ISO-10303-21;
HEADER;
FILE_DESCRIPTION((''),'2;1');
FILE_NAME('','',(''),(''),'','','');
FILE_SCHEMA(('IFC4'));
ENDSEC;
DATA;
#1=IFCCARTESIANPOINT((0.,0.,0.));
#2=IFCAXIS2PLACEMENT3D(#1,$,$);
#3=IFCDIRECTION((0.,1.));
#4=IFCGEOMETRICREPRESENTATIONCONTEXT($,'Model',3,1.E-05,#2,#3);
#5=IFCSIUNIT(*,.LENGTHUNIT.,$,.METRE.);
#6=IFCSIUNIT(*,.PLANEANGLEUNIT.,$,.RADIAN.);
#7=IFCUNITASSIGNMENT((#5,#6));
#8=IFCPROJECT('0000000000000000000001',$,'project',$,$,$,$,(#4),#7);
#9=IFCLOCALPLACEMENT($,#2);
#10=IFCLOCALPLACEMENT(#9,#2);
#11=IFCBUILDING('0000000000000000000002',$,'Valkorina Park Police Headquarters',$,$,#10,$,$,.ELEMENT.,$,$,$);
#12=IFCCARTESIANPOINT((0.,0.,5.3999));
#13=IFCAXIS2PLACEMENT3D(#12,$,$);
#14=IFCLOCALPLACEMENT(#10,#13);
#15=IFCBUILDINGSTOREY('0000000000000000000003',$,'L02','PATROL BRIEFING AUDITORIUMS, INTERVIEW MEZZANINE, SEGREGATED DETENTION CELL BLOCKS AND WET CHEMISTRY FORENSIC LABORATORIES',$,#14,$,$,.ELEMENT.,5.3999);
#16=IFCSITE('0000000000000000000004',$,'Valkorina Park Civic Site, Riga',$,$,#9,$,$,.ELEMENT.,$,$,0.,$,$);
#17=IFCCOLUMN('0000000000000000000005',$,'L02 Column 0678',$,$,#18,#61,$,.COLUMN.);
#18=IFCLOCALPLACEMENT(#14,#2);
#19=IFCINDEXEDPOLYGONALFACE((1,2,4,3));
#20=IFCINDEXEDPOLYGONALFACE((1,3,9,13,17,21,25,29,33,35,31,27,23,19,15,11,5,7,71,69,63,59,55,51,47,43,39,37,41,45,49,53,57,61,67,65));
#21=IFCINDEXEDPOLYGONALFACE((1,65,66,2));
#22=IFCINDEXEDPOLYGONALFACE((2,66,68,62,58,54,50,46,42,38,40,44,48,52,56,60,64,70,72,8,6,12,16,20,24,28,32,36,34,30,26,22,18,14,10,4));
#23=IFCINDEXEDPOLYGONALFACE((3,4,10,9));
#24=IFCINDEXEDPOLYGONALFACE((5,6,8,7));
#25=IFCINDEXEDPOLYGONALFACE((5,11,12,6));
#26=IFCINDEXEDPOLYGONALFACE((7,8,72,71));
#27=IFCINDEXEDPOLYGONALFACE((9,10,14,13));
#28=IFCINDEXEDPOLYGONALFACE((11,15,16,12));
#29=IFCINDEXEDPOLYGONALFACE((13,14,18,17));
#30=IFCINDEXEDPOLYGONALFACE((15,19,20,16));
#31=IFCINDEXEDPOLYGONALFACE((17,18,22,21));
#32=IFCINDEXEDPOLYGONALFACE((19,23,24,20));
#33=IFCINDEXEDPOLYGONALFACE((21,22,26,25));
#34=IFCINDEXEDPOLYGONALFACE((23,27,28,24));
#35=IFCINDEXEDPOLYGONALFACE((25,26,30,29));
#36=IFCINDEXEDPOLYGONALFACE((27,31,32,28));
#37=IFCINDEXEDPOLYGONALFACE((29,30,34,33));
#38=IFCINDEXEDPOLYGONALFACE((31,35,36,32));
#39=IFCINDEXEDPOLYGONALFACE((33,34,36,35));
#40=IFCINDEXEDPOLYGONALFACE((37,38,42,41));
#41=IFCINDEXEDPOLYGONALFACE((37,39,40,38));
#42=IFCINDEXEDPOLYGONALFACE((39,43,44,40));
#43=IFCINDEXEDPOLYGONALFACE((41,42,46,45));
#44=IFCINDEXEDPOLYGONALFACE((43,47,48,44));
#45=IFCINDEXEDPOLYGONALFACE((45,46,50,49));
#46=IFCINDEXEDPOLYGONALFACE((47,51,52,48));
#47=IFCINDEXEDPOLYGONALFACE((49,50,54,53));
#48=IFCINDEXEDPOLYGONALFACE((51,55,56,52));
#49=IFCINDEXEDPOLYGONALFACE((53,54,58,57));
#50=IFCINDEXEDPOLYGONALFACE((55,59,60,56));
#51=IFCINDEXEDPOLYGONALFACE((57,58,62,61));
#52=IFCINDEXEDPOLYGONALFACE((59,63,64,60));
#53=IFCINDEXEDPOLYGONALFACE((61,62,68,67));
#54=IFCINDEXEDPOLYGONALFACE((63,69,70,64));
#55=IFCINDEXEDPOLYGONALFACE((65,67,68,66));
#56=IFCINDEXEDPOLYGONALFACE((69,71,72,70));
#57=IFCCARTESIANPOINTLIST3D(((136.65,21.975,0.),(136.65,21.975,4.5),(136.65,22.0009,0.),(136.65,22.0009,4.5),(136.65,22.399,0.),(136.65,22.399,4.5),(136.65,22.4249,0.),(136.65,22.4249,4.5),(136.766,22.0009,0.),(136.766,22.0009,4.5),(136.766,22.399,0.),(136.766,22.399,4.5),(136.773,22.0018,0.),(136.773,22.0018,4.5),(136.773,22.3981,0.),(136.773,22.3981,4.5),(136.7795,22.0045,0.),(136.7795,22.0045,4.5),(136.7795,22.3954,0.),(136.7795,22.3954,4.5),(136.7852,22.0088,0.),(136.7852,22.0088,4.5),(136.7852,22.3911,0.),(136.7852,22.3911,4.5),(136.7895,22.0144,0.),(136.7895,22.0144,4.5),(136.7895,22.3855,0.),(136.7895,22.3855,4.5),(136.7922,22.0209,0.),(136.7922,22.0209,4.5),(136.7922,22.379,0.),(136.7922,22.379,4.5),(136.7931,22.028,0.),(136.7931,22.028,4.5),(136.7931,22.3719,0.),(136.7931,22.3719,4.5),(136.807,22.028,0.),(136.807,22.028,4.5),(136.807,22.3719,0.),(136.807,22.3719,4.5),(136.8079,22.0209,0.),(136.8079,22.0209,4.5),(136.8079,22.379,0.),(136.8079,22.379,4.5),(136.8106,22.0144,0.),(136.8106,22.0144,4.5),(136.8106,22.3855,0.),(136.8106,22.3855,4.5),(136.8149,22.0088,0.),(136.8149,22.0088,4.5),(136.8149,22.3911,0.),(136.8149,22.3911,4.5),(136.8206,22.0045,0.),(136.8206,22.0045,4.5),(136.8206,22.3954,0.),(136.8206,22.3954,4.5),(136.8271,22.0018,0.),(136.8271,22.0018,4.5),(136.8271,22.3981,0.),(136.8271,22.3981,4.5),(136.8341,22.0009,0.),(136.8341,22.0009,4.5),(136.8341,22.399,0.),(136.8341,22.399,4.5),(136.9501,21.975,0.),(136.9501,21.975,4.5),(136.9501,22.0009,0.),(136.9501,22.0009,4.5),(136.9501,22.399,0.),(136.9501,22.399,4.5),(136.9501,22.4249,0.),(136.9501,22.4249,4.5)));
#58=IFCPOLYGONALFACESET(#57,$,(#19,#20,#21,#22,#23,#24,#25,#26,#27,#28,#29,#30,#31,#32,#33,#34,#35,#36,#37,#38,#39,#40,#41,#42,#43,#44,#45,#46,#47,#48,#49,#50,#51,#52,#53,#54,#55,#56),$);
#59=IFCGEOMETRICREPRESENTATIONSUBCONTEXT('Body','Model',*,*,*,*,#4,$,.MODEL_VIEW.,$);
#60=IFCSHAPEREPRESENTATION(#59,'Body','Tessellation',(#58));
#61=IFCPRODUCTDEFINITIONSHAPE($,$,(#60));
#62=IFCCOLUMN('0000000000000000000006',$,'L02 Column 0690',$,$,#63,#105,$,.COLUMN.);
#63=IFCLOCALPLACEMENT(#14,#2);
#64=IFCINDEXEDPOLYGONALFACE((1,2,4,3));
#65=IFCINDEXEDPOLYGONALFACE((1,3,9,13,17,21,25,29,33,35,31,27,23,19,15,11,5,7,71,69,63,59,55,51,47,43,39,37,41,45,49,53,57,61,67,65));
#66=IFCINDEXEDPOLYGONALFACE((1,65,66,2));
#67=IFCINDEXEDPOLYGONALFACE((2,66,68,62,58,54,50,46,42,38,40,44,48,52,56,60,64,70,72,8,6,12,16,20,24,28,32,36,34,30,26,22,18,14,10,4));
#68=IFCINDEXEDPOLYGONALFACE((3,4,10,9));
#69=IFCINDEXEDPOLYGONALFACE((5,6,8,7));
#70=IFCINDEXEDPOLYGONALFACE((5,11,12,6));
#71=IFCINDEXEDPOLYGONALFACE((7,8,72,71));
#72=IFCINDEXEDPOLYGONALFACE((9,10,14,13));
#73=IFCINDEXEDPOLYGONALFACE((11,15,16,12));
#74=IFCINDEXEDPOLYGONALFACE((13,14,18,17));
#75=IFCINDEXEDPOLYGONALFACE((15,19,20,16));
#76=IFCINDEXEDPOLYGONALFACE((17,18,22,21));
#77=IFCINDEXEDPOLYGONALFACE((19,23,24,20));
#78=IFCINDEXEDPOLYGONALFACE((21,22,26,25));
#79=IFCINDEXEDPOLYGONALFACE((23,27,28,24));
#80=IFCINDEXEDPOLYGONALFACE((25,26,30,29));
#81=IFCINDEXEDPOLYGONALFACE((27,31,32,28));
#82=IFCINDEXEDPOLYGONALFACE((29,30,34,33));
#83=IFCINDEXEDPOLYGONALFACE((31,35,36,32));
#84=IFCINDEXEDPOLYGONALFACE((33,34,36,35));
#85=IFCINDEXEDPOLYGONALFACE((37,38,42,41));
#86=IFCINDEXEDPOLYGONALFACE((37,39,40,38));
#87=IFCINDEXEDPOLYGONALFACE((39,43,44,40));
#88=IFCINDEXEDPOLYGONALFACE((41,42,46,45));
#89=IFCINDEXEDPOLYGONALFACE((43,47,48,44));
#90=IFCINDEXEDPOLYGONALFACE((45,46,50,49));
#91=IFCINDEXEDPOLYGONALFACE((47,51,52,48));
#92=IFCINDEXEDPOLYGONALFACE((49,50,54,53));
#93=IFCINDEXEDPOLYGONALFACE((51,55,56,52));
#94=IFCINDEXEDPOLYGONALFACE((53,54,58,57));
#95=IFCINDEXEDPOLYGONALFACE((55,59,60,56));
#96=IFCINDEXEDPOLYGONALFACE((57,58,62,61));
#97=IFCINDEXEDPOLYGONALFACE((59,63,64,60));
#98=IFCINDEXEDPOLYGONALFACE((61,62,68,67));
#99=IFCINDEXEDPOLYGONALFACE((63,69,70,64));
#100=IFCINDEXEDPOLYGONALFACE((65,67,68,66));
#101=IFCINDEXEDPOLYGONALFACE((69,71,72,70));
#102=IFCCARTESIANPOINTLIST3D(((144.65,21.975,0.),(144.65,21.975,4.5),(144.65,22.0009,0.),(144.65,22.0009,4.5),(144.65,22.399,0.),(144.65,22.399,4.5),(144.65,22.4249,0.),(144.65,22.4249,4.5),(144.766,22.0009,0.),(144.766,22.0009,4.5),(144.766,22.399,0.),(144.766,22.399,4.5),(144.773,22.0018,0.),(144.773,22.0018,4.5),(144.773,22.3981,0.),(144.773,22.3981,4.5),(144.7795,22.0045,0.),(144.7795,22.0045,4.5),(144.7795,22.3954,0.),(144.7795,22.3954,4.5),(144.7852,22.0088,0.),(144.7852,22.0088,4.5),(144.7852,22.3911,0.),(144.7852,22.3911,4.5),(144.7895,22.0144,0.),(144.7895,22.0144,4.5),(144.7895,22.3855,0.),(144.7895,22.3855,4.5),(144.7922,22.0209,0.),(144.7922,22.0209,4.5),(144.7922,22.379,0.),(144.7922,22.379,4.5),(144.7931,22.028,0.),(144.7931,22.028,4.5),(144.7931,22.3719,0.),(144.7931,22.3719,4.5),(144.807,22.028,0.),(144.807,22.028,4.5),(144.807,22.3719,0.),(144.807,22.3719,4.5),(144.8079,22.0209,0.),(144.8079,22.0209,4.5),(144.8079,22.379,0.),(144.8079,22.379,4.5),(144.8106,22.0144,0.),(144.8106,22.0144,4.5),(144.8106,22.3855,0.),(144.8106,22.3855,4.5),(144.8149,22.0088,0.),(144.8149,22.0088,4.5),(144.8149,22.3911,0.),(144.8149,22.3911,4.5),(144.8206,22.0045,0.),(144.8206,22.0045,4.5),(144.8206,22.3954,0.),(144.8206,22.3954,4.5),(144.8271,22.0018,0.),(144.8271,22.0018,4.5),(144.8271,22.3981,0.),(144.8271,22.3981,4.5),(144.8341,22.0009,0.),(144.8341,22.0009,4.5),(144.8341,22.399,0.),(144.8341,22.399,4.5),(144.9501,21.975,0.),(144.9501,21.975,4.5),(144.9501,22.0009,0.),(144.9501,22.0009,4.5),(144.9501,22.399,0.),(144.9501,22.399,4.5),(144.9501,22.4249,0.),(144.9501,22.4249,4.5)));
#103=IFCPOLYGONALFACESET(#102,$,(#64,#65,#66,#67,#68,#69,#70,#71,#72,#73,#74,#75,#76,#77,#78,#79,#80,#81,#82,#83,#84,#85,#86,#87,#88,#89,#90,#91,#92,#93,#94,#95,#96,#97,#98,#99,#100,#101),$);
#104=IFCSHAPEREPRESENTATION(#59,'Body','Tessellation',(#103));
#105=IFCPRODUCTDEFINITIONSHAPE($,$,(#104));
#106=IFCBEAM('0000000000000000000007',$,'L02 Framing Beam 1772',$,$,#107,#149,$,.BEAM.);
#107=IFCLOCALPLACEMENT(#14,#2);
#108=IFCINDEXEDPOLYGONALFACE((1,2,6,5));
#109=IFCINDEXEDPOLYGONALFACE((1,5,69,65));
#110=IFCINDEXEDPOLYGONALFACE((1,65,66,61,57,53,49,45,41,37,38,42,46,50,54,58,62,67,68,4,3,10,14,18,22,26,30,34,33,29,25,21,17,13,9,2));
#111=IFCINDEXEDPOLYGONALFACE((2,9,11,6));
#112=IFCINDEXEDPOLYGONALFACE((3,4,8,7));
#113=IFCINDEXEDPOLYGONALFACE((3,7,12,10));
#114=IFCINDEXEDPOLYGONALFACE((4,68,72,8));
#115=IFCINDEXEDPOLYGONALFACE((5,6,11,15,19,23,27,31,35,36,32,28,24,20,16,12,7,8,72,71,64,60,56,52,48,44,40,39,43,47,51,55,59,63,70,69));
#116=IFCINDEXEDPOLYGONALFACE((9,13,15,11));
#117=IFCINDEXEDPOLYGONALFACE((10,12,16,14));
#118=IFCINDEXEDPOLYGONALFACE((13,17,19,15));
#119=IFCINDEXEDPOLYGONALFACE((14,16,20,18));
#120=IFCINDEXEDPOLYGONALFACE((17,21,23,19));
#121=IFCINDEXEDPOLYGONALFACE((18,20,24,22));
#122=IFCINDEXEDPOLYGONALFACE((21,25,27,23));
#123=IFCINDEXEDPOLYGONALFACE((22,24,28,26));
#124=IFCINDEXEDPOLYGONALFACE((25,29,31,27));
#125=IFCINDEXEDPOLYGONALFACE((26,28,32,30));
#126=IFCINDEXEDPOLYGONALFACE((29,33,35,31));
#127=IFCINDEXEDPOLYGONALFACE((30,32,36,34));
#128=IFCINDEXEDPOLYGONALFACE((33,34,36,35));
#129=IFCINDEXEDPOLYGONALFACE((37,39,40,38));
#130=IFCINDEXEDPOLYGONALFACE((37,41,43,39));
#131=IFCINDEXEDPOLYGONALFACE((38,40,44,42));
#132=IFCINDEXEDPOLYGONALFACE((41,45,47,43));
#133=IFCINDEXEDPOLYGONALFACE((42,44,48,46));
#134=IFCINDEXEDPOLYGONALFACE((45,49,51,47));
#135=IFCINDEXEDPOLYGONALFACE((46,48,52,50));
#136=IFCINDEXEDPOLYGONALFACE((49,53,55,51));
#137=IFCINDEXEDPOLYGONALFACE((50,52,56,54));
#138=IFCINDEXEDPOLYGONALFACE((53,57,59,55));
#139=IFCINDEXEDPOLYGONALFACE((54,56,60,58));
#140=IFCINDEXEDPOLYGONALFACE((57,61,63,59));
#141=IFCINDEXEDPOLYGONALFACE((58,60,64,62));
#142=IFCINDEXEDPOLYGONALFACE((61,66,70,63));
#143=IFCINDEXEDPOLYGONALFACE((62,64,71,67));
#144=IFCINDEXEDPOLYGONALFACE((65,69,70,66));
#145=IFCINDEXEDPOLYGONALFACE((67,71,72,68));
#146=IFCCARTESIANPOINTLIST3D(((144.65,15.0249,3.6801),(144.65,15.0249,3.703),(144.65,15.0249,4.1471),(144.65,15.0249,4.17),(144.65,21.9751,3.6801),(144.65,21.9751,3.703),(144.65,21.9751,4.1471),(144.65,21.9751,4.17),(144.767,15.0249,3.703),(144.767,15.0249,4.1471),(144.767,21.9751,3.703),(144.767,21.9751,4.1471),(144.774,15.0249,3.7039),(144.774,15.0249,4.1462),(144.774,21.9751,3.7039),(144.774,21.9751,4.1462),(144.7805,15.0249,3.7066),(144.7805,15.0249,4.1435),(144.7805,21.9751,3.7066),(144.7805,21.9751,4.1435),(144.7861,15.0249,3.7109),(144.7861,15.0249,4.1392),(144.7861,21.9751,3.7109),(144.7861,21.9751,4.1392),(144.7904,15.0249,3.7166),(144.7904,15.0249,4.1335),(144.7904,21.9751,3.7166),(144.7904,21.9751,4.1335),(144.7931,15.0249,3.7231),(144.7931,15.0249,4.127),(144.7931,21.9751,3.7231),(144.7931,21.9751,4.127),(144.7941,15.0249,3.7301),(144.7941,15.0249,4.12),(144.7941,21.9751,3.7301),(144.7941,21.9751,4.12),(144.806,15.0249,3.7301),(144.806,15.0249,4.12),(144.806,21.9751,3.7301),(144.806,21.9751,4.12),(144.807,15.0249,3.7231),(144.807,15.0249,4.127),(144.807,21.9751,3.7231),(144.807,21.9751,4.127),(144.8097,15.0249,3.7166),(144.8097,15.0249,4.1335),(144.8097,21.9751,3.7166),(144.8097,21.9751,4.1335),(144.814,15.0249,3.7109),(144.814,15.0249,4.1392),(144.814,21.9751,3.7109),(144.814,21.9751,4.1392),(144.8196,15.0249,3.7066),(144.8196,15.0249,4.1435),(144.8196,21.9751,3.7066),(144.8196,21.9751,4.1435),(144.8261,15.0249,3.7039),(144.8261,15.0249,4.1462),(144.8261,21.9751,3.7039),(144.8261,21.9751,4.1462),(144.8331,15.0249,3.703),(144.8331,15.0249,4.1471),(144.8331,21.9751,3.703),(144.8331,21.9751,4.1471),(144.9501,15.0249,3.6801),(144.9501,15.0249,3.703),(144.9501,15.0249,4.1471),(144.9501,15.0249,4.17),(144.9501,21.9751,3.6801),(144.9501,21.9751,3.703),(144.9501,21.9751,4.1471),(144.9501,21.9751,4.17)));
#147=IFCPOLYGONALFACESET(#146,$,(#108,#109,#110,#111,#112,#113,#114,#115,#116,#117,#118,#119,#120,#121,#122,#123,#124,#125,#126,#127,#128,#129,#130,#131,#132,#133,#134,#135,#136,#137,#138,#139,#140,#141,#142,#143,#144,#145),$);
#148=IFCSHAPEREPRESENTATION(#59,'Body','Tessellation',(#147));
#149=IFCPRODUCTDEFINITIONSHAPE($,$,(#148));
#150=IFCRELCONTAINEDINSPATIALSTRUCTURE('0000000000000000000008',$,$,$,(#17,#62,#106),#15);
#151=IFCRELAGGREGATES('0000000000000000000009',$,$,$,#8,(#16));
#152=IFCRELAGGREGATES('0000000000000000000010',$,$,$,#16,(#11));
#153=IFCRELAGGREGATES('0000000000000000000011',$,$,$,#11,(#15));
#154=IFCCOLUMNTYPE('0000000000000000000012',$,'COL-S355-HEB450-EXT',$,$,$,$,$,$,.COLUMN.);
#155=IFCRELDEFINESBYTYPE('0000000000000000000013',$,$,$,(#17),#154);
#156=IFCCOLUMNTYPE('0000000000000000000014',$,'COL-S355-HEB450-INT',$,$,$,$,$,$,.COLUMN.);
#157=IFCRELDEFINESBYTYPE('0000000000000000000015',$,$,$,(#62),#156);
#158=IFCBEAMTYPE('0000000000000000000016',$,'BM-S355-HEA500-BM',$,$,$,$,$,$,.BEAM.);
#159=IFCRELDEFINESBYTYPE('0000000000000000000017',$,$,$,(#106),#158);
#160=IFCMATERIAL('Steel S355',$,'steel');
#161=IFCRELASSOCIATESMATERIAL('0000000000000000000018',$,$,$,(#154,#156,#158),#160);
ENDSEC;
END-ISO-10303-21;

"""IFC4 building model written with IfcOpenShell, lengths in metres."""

from ifc_helpers import new_model, si_unit, direction, frame, origin, origin_2d, place, context, subcontext, project, spatial, i_section, extrude, material, material_profile, profile_set, type_object, element, save


model = new_model("IFC4")

# Units and contexts
model_context = context("Model", 3, precision=1e-05, world=origin(), true_north=direction((0.0, 1.0)))
body_context = subcontext(model_context, "Body", "Model", "MODEL_VIEW")
ifc_project = project(units=[si_unit("LENGTHUNIT", "METRE"), si_unit("PLANEANGLEUNIT", "RADIAN")], contexts=[model_context])

# Site, building, storey
site_placement = place(None, origin())
site = spatial("IfcSite", under=ifc_project, at=site_placement, Name="Valkorina Park Civic Site, Riga", CompositionType="ELEMENT", RefElevation=0.0)
building_placement = place(site_placement, origin())
building = spatial("IfcBuilding", under=site, at=building_placement, Name="Valkorina Park Police Headquarters", CompositionType="ELEMENT")
storey_placement = place(building_placement, frame((0.0, 0.0, 5.3999)))
storey = spatial("IfcBuildingStorey", under=building, at=storey_placement, Name="L02", Description="PATROL BRIEFING AUDITORIUMS, INTERVIEW MEZZANINE, SEGREGATED DETENTION CELL BLOCKS AND WET CHEMISTRY FORENSIC LABORATORIES", CompositionType="ELEMENT", Elevation=5.3999)

# Columns
ifc_material_1 = material(Name="Steel S355", Category="steel")
ifc_material_profile_1 = material_profile(ifc_material_1, i_section(OverallWidth=0.3, OverallDepth=0.45, WebThickness=0.0139, FlangeThickness=0.0259, FilletRadius=0.0271, at=origin_2d()), Name="HEB 450")
ifc_profile_set_1 = profile_set([ifc_material_profile_1], Name="Steel S355")
column_type_1 = type_object("IfcColumnType", Name="COL-S355-HEB450-EXT", PredefinedType="COLUMN", material=ifc_profile_set_1)
column_1_placement = place(storey_placement, frame((136.8, 22.2, 0.0), z_axis=(0.0, 0.0, 1.0), x_axis=(1.0, 0.0, 0.0)))
element("IfcColumn", 1, at=column_1_placement, inside=storey, type_object=column_type_1, Name="L02 Column 0678", PredefinedType="COLUMN", context=body_context, shape_type="SweptSolid", body=[
    extrude(i_section(OverallWidth=0.3, OverallDepth=0.45, WebThickness=0.0139, FlangeThickness=0.0259, FilletRadius=0.0271, at=origin_2d()), origin(), (0.0, 0.0, 1.0), 4.5),
])
ifc_material_profile_2 = material_profile(ifc_material_1, i_section(OverallWidth=0.3, OverallDepth=0.45, WebThickness=0.0139, FlangeThickness=0.0259, FilletRadius=0.0271, at=origin_2d()), Name="HEB 450")
ifc_profile_set_2 = profile_set([ifc_material_profile_2], Name="Steel S355")
column_type_2 = type_object("IfcColumnType", Name="COL-S355-HEB450-INT", PredefinedType="COLUMN", material=ifc_profile_set_2)
column_2_placement = place(storey_placement, frame((144.8, 22.2, 0.0), z_axis=(0.0, 0.0, 1.0), x_axis=(1.0, 0.0, 0.0)))
element("IfcColumn", 2, at=column_2_placement, inside=storey, type_object=column_type_2, Name="L02 Column 0690", PredefinedType="COLUMN", context=body_context, shape_type="SweptSolid", body=[
    extrude(i_section(OverallWidth=0.3, OverallDepth=0.45, WebThickness=0.0139, FlangeThickness=0.0259, FilletRadius=0.0271, at=origin_2d()), origin(), (0.0, 0.0, 1.0), 4.5),
])

# Beam
ifc_material_profile_3 = material_profile(ifc_material_1, i_section(OverallWidth=0.3, OverallDepth=0.49, WebThickness=0.012, FlangeThickness=0.0229, FilletRadius=0.0271, at=origin_2d()), Name="HEA 500")
ifc_profile_set_3 = profile_set([ifc_material_profile_3], Name="Steel S355")
beam_type_1 = type_object("IfcBeamType", Name="BM-S355-HEA500-BM", PredefinedType="BEAM", material=ifc_profile_set_3)
beam_1_placement = place(storey_placement, frame((144.8, 15.0249, 3.925), z_axis=(0.0, 1.0, 0.0), x_axis=(-1.0, 0.0, 0.0)))
element("IfcBeam", 3, at=beam_1_placement, inside=storey, type_object=beam_type_1, Name="L02 Framing Beam 1772", PredefinedType="BEAM", context=body_context, shape_type="SweptSolid", body=[
    extrude(i_section(OverallWidth=0.3, OverallDepth=0.49, WebThickness=0.012, FlangeThickness=0.0229, FilletRadius=0.0271, at=origin_2d()), origin(), (0.0, 0.0, 1.0), 6.9502),
])

save(model, "model.ifc")
